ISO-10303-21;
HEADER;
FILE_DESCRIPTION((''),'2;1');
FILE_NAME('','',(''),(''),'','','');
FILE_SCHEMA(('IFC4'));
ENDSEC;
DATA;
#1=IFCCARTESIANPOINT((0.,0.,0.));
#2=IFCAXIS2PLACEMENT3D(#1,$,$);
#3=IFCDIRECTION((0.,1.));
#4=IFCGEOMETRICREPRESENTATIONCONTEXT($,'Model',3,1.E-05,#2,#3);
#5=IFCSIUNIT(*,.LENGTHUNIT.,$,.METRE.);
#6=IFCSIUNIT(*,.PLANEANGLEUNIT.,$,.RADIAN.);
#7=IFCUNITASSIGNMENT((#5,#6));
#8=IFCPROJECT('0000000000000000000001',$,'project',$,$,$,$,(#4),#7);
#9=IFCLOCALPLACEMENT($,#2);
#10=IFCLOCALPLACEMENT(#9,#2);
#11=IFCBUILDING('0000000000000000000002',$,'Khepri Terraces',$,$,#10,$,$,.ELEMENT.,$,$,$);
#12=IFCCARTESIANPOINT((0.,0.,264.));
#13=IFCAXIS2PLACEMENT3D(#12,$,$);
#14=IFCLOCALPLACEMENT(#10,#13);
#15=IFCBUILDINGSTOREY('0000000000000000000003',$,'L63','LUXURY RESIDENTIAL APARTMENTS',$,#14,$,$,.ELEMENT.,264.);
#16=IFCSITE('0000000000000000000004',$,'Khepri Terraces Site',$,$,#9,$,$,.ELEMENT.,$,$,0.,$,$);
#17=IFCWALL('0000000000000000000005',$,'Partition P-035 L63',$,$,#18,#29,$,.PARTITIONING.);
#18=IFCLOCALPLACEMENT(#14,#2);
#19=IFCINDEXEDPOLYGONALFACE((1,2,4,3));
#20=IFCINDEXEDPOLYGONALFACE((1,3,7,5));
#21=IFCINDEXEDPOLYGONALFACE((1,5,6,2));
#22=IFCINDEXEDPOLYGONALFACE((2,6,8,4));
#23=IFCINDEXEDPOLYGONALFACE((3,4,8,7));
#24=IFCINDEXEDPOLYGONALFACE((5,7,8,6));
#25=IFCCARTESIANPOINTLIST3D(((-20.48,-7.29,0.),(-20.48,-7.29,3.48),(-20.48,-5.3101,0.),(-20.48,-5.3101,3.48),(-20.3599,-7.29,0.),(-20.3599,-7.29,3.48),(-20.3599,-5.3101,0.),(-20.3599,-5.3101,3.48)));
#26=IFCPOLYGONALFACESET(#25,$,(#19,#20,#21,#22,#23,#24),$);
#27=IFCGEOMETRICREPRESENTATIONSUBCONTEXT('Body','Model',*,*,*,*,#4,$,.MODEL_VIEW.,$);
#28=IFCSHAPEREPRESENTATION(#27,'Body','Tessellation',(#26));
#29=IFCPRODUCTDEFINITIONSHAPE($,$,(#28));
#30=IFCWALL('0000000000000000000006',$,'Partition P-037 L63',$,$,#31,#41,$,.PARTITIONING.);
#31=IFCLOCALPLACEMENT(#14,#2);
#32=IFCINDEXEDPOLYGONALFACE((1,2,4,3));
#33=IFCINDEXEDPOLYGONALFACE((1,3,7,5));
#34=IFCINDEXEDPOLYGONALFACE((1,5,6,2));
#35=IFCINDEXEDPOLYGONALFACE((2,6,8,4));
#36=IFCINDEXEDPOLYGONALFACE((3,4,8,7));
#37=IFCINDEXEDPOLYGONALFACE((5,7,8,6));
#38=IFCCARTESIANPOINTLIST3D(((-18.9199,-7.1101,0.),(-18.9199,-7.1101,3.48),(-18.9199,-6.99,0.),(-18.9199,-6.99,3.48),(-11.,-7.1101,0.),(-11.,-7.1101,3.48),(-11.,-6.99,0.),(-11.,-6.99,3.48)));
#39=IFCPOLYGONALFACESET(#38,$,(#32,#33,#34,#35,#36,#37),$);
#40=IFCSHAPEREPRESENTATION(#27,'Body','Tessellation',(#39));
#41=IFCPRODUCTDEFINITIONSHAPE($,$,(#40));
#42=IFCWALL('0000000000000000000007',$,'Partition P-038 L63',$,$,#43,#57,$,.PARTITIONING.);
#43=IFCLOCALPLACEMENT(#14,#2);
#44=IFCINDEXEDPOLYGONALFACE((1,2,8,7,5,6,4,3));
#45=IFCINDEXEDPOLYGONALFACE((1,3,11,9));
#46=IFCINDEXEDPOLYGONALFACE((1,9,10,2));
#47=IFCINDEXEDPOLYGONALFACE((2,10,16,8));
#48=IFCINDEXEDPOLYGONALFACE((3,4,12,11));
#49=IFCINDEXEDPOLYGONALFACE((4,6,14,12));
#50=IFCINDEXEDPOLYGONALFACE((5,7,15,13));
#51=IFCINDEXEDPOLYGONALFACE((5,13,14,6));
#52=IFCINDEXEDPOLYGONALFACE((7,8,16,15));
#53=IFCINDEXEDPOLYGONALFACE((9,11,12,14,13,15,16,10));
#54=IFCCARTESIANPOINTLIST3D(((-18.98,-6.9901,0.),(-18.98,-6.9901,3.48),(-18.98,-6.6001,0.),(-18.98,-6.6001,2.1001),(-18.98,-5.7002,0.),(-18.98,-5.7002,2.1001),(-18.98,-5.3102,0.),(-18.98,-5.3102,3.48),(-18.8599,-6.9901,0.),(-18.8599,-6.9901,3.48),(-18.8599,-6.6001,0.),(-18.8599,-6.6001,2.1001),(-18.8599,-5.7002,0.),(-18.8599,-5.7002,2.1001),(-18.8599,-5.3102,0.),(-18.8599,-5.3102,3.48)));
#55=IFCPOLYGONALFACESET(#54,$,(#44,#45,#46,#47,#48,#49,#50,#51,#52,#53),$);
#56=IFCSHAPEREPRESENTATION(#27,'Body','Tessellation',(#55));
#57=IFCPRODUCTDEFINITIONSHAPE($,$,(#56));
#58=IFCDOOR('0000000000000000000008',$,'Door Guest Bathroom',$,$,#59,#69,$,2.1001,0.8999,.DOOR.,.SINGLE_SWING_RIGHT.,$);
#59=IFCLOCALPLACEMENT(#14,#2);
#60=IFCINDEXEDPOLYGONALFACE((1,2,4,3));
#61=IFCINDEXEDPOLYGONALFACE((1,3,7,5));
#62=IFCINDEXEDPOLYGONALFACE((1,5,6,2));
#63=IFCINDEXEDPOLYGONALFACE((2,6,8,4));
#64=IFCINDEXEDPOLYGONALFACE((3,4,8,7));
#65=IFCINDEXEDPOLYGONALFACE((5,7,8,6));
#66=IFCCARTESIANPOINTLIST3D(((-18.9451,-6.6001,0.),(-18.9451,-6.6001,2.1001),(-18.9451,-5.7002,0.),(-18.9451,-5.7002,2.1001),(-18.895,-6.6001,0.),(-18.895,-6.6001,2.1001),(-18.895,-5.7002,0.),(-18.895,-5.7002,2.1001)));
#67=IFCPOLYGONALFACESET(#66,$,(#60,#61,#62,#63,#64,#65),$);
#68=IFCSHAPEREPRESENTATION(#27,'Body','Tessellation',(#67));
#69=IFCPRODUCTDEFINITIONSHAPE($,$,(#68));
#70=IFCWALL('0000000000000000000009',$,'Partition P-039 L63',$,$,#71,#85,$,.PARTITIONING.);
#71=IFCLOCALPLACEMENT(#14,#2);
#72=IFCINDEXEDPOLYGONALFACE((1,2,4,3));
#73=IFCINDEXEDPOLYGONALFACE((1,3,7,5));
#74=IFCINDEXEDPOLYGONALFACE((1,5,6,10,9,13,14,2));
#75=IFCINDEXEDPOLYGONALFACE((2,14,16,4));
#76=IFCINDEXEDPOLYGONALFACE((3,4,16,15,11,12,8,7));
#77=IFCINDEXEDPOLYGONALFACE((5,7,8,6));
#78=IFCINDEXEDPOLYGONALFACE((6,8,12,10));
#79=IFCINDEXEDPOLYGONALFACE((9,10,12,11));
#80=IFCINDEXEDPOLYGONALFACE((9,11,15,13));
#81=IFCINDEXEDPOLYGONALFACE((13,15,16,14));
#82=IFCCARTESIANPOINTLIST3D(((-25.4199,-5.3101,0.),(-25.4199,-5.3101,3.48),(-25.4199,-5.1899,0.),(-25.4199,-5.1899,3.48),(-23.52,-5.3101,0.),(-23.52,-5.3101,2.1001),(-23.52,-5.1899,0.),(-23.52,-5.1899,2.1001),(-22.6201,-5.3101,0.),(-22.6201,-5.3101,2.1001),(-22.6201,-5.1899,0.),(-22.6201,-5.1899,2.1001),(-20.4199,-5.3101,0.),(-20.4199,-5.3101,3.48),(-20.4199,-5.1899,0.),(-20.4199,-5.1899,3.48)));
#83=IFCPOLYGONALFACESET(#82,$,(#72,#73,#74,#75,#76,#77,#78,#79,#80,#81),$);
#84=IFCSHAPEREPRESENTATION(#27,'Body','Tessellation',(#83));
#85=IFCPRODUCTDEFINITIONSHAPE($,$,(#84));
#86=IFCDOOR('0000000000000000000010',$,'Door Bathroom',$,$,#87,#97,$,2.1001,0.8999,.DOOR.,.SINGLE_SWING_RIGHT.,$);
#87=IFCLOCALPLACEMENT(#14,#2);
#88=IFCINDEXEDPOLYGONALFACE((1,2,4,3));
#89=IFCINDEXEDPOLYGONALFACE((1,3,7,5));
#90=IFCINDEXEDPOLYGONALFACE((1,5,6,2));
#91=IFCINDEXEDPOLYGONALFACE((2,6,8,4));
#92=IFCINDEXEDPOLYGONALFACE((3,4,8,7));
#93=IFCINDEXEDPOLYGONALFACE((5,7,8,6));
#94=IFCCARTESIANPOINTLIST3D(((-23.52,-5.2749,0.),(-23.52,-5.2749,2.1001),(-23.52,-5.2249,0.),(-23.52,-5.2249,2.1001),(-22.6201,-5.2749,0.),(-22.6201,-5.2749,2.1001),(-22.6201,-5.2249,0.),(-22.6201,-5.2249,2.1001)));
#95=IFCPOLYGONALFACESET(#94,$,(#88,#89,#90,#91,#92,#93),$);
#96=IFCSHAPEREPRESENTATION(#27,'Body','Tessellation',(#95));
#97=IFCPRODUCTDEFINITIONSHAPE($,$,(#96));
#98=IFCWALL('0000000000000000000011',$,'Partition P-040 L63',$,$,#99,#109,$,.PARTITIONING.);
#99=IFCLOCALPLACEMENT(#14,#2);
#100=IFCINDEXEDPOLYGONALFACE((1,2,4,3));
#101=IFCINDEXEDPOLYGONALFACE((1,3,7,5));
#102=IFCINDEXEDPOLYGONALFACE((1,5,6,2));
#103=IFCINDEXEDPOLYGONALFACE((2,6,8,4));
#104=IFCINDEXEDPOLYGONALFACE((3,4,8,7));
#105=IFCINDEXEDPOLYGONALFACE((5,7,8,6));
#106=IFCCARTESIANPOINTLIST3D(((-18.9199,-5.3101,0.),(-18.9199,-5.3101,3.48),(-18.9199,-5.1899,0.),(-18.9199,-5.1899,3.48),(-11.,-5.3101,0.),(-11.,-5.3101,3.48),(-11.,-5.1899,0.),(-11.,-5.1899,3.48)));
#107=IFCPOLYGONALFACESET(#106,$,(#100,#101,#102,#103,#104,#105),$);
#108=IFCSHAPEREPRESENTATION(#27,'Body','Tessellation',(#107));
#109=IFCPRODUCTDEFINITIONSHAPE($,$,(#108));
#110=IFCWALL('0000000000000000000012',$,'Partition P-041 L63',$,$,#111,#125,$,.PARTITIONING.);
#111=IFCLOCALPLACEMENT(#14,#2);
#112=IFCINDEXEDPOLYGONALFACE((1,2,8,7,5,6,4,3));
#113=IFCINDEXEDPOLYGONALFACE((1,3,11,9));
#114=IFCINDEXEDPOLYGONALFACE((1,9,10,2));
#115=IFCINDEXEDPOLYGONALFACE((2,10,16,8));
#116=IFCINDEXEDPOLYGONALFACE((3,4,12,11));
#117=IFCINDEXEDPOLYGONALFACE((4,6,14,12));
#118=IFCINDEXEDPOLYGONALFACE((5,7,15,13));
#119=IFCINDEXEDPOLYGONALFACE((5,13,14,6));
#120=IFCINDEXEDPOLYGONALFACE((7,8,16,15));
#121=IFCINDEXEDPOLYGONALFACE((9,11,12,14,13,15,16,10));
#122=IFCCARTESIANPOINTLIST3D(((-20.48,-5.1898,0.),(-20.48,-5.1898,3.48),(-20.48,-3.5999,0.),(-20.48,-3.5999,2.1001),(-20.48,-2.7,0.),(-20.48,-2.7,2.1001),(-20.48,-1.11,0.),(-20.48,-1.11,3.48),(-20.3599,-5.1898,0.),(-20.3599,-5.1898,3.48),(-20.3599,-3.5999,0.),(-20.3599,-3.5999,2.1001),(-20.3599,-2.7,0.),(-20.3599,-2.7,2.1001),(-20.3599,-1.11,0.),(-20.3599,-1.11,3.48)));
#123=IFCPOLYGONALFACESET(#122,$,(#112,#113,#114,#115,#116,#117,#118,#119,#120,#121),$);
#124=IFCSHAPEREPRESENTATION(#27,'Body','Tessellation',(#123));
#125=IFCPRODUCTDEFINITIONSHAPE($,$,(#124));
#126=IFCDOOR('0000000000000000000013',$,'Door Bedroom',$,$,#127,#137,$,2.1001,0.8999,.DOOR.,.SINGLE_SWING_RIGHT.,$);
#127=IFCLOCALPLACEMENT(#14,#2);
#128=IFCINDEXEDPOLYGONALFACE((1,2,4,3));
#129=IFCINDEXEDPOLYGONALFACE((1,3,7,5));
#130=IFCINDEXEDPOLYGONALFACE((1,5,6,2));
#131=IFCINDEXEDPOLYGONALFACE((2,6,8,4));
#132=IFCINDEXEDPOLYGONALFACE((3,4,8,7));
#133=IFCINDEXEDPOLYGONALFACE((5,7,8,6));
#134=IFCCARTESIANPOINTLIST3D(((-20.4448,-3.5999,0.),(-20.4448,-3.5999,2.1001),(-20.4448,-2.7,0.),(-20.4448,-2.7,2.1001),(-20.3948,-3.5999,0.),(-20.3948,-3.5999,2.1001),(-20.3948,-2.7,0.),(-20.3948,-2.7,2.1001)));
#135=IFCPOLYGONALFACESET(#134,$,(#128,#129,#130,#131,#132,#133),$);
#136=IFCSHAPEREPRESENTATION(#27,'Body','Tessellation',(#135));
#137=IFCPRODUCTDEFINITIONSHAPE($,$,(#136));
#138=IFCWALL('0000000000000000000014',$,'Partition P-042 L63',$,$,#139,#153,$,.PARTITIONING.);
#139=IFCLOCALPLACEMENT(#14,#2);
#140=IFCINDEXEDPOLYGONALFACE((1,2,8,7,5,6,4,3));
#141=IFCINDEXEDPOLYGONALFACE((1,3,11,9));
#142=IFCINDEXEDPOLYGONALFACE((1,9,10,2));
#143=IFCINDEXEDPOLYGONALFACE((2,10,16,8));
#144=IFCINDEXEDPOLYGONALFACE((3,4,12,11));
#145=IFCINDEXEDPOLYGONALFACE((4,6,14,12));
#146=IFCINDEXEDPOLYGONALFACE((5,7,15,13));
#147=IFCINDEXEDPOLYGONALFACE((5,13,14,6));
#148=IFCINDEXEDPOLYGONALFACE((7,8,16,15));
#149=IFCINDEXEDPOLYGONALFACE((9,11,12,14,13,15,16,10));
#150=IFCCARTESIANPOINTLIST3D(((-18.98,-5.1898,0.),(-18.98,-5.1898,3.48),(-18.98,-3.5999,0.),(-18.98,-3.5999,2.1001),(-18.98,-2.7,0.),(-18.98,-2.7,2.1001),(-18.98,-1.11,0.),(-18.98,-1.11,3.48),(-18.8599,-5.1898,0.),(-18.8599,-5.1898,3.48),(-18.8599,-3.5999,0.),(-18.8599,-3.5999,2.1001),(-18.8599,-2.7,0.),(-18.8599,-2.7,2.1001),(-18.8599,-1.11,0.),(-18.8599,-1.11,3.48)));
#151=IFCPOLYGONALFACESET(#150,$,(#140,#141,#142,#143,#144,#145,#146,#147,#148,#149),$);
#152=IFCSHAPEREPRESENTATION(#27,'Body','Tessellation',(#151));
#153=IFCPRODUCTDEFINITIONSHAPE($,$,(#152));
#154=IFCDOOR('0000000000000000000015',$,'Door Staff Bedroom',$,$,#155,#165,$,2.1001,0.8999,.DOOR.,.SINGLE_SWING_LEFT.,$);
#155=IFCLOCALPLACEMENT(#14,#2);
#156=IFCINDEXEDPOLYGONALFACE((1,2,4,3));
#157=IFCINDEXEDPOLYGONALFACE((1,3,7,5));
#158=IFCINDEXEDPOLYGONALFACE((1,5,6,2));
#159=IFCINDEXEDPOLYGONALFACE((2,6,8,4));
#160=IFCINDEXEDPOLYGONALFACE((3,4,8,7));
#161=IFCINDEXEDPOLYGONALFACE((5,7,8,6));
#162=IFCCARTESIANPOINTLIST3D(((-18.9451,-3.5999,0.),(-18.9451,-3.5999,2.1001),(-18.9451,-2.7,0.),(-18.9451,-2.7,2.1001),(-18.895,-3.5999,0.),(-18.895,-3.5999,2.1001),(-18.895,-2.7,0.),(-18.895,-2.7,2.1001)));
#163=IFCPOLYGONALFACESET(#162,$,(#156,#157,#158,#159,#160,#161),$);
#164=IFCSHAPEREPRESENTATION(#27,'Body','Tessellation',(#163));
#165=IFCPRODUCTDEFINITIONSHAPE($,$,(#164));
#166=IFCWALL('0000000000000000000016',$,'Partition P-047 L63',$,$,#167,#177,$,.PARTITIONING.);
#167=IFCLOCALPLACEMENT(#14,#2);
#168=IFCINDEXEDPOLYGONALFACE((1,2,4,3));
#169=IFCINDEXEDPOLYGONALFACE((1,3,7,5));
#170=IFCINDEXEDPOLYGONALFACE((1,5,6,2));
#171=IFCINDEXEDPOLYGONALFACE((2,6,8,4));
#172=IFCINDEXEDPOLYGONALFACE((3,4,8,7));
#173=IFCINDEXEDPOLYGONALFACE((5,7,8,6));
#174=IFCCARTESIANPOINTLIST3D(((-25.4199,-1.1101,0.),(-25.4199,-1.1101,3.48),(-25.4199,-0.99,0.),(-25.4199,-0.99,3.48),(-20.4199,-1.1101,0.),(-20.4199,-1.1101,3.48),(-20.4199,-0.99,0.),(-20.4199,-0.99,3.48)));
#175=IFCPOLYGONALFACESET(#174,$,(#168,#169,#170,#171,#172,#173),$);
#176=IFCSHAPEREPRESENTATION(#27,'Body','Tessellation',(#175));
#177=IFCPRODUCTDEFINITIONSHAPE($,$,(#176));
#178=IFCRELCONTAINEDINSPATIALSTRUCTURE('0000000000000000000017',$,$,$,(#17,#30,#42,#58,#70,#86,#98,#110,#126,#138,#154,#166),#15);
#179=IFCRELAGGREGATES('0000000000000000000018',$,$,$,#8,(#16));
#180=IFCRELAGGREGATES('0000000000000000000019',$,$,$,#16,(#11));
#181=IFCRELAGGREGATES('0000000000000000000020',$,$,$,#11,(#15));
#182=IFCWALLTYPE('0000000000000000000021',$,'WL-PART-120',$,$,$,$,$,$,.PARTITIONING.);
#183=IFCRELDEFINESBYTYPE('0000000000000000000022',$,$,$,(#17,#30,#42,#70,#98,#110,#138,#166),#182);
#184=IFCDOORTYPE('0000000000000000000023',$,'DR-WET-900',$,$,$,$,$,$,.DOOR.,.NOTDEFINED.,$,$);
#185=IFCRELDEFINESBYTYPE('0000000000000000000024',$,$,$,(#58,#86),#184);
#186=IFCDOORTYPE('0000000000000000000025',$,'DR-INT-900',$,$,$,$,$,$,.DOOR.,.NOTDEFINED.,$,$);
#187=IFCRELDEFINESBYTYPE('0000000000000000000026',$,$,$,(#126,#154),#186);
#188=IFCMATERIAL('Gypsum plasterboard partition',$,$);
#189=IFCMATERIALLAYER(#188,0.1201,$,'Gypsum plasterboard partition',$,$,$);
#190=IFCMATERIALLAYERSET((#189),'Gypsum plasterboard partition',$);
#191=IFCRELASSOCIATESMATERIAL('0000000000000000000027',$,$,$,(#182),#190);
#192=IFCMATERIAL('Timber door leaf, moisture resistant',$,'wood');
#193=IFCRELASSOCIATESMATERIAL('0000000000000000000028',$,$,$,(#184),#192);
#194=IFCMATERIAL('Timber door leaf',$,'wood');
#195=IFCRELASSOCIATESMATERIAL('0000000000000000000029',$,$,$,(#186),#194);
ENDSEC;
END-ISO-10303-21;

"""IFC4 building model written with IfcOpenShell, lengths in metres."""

from ifc_helpers import new_model, si_unit, direction, frame, frame_2d, origin, place, context, subcontext, project, spatial, rectangle, extrude, material, layer, layer_set, type_object, element, fill, save


model = new_model("IFC4")

# Units and contexts
model_context = context("Model", 3, precision=1e-05, world=origin(), true_north=direction((0.0, 1.0)))
body_context = subcontext(model_context, "Body", "Model", "MODEL_VIEW")
ifc_project = project(units=[si_unit("LENGTHUNIT", "METRE"), si_unit("PLANEANGLEUNIT", "RADIAN")], contexts=[model_context])

# Site, building, storey
site_placement = place(None, origin())
site = spatial("IfcSite", under=ifc_project, at=site_placement, Name="Khepri Terraces Site", CompositionType="ELEMENT", RefElevation=0.0)
building_placement = place(site_placement, origin())
building = spatial("IfcBuilding", under=site, at=building_placement, Name="Khepri Terraces", CompositionType="ELEMENT")
storey_placement = place(building_placement, frame((0.0, 0.0, 264.0)))
storey = spatial("IfcBuildingStorey", under=building, at=storey_placement, Name="L63", Description="LUXURY RESIDENTIAL APARTMENTS", CompositionType="ELEMENT", Elevation=264.0)

# Walls
ifc_material_1 = material(Name="Gypsum plasterboard partition")
ifc_layer_1 = layer(ifc_material_1, 0.1201, Name="Gypsum plasterboard partition")
ifc_layer_set_1 = layer_set([ifc_layer_1], Name="Gypsum plasterboard partition")
wall_type_1 = type_object("IfcWallType", Name="WL-PART-120", PredefinedType="PARTITIONING", material=ifc_layer_set_1)
wall_1_placement = place(storey_placement, frame((-20.4199, -7.29, 0.0), z_axis=(0.0, 0.0, 1.0), x_axis=(0.0, 1.0, 0.0)))
element("IfcWall", 1, at=wall_1_placement, inside=storey, type_object=wall_type_1, Name="Partition P-035 L63", PredefinedType="PARTITIONING", context=body_context, shape_type="SweptSolid", body=[
    extrude(rectangle(XDim=1.98, YDim=0.1201, at=frame_2d((0.99, 0.0))), origin(), (0.0, 0.0, 1.0), 3.48),
])
wall_2_placement = place(storey_placement, frame((-18.9199, -7.05, 0.0), z_axis=(0.0, 0.0, 1.0), x_axis=(1.0, 0.0, 0.0)))
element("IfcWall", 2, at=wall_2_placement, inside=storey, type_object=wall_type_1, Name="Partition P-037 L63", PredefinedType="PARTITIONING", context=body_context, shape_type="SweptSolid", body=[
    extrude(rectangle(XDim=7.9199, YDim=0.1201, at=frame_2d((3.96, 0.0))), origin(), (0.0, 0.0, 1.0), 3.48),
])

# Walls, openings, doors
wall_3_placement = place(storey_placement, frame((-18.9199, -6.99, 0.0), z_axis=(0.0, 0.0, 1.0), x_axis=(0.0, 1.0, 0.0)))
wall_3 = element("IfcWall", 3, at=wall_3_placement, inside=storey, type_object=wall_type_1, Name="Partition P-038 L63", PredefinedType="PARTITIONING", context=body_context, shape_type="SweptSolid", body=[
    extrude(rectangle(XDim=1.6799, YDim=0.1201, at=frame_2d((0.8398, 0.0))), origin(), (0.0, 0.0, 1.0), 3.48),
])
opening_1_placement = place(wall_3_placement, frame((0.3899, 0.0, 0.0)))
opening_1 = element("IfcOpeningElement", 4, at=opening_1_placement, cuts=wall_3, PredefinedType="OPENING", context=body_context, shape_type="SweptSolid", body=[
    extrude(rectangle(XDim=0.8999, YDim=2.1001, at=frame_2d((0.45, 1.05))), frame((0.0, 0.0701, 0.0), z_axis=(0.0, -1.0, 0.0), x_axis=(1.0, 0.0, 0.0)), (0.0, 0.0, 1.0), 0.1401),
])
ifc_material_2 = material(Name="Timber door leaf, moisture resistant", Category="wood")
door_type_1 = type_object("IfcDoorType", Name="DR-WET-900", OperationType="NOTDEFINED", PredefinedType="DOOR", material=ifc_material_2)
door_1_placement = place(opening_1_placement, frame((0.8999, 0.0, 0.0), z_axis=(0.0, 0.0, 1.0), x_axis=(-1.0, 0.0, 0.0)))
door_1 = element("IfcDoor", 5, at=door_1_placement, inside=storey, type_object=door_type_1, Name="Door Guest Bathroom", OperationType="SINGLE_SWING_RIGHT", OverallHeight=2.1001, OverallWidth=0.8999, PredefinedType="DOOR", context=body_context, shape_type="SweptSolid", body=[
    extrude(rectangle(XDim=0.8999, YDim=2.1001, at=frame_2d((0.45, 1.05))), frame((0.0, 0.0249, 0.0), z_axis=(0.0, -1.0, 0.0), x_axis=(1.0, 0.0, 0.0)), (0.0, 0.0, 1.0), 0.05),
])
fill(opening_1, door_1)
wall_4_placement = place(storey_placement, frame((-25.4199, -5.25, 0.0), z_axis=(0.0, 0.0, 1.0), x_axis=(1.0, 0.0, 0.0)))
wall_4 = element("IfcWall", 6, at=wall_4_placement, inside=storey, type_object=wall_type_1, Name="Partition P-039 L63", PredefinedType="PARTITIONING", context=body_context, shape_type="SweptSolid", body=[
    extrude(rectangle(XDim=5.0, YDim=0.1201, at=frame_2d((2.5, 0.0))), origin(), (0.0, 0.0, 1.0), 3.48),
])
opening_2_placement = place(wall_4_placement, frame((1.8999, 0.0, 0.0)))
opening_2 = element("IfcOpeningElement", 7, at=opening_2_placement, cuts=wall_4, PredefinedType="OPENING", context=body_context, shape_type="SweptSolid", body=[
    extrude(rectangle(XDim=0.8999, YDim=2.1001, at=frame_2d((0.45, 1.05))), frame((0.0, 0.0701, 0.0), z_axis=(0.0, -1.0, 0.0), x_axis=(1.0, 0.0, 0.0)), (0.0, 0.0, 1.0), 0.1401),
])
door_2_placement = place(opening_2_placement, frame((0.8999, 0.0, 0.0), z_axis=(0.0, 0.0, 1.0), x_axis=(-1.0, 0.0, 0.0)))
door_2 = element("IfcDoor", 8, at=door_2_placement, inside=storey, type_object=door_type_1, Name="Door Bathroom", OperationType="SINGLE_SWING_RIGHT", OverallHeight=2.1001, OverallWidth=0.8999, PredefinedType="DOOR", context=body_context, shape_type="SweptSolid", body=[
    extrude(rectangle(XDim=0.8999, YDim=2.1001, at=frame_2d((0.45, 1.05))), frame((0.0, 0.0249, 0.0), z_axis=(0.0, -1.0, 0.0), x_axis=(1.0, 0.0, 0.0)), (0.0, 0.0, 1.0), 0.05),
])
fill(opening_2, door_2)

# Wall
wall_5_placement = place(storey_placement, frame((-18.9199, -5.25, 0.0), z_axis=(0.0, 0.0, 1.0), x_axis=(1.0, 0.0, 0.0)))
element("IfcWall", 9, at=wall_5_placement, inside=storey, type_object=wall_type_1, Name="Partition P-040 L63", PredefinedType="PARTITIONING", context=body_context, shape_type="SweptSolid", body=[
    extrude(rectangle(XDim=7.9199, YDim=0.1201, at=frame_2d((3.96, 0.0))), origin(), (0.0, 0.0, 1.0), 3.48),
])

# Walls, openings, doors
wall_6_placement = place(storey_placement, frame((-20.4199, -5.1899, 0.0), z_axis=(0.0, 0.0, 1.0), x_axis=(0.0, 1.0, 0.0)))
wall_6 = element("IfcWall", 10, at=wall_6_placement, inside=storey, type_object=wall_type_1, Name="Partition P-041 L63", PredefinedType="PARTITIONING", context=body_context, shape_type="SweptSolid", body=[
    extrude(rectangle(XDim=4.0798, YDim=0.1201, at=frame_2d((2.04, 0.0))), origin(), (0.0, 0.0, 1.0), 3.48),
])
opening_3_placement = place(wall_6_placement, frame((1.5901, 0.0, 0.0)))
opening_3 = element("IfcOpeningElement", 11, at=opening_3_placement, cuts=wall_6, PredefinedType="OPENING", context=body_context, shape_type="SweptSolid", body=[
    extrude(rectangle(XDim=0.8999, YDim=2.1001, at=frame_2d((0.45, 1.05))), frame((0.0, 0.0701, 0.0), z_axis=(0.0, -1.0, 0.0), x_axis=(1.0, 0.0, 0.0)), (0.0, 0.0, 1.0), 0.1401),
])
ifc_material_3 = material(Name="Timber door leaf", Category="wood")
door_type_2 = type_object("IfcDoorType", Name="DR-INT-900", OperationType="NOTDEFINED", PredefinedType="DOOR", material=ifc_material_3)
door_3_placement = place(opening_3_placement, origin())
door_3 = element("IfcDoor", 12, at=door_3_placement, inside=storey, type_object=door_type_2, Name="Door Bedroom", OperationType="SINGLE_SWING_RIGHT", OverallHeight=2.1001, OverallWidth=0.8999, PredefinedType="DOOR", context=body_context, shape_type="SweptSolid", body=[
    extrude(rectangle(XDim=0.8999, YDim=2.1001, at=frame_2d((0.45, 1.05))), frame((0.0, 0.0249, 0.0), z_axis=(0.0, -1.0, 0.0), x_axis=(1.0, 0.0, 0.0)), (0.0, 0.0, 1.0), 0.05),
])
fill(opening_3, door_3)
wall_7_placement = place(storey_placement, frame((-18.9199, -5.1899, 0.0), z_axis=(0.0, 0.0, 1.0), x_axis=(0.0, 1.0, 0.0)))
wall_7 = element("IfcWall", 13, at=wall_7_placement, inside=storey, type_object=wall_type_1, Name="Partition P-042 L63", PredefinedType="PARTITIONING", context=body_context, shape_type="SweptSolid", body=[
    extrude(rectangle(XDim=4.0798, YDim=0.1201, at=frame_2d((2.04, 0.0))), origin(), (0.0, 0.0, 1.0), 3.48),
])
opening_4_placement = place(wall_7_placement, frame((1.5901, 0.0, 0.0)))
opening_4 = element("IfcOpeningElement", 14, at=opening_4_placement, cuts=wall_7, PredefinedType="OPENING", context=body_context, shape_type="SweptSolid", body=[
    extrude(rectangle(XDim=0.8999, YDim=2.1001, at=frame_2d((0.45, 1.05))), frame((0.0, 0.0701, 0.0), z_axis=(0.0, -1.0, 0.0), x_axis=(1.0, 0.0, 0.0)), (0.0, 0.0, 1.0), 0.1401),
])
door_4_placement = place(opening_4_placement, frame((0.8999, 0.0, 0.0), z_axis=(0.0, 0.0, 1.0), x_axis=(-1.0, 0.0, 0.0)))
door_4 = element("IfcDoor", 15, at=door_4_placement, inside=storey, type_object=door_type_2, Name="Door Staff Bedroom", OperationType="SINGLE_SWING_LEFT", OverallHeight=2.1001, OverallWidth=0.8999, PredefinedType="DOOR", context=body_context, shape_type="SweptSolid", body=[
    extrude(rectangle(XDim=0.8999, YDim=2.1001, at=frame_2d((0.45, 1.05))), frame((0.0, 0.0249, 0.0), z_axis=(0.0, -1.0, 0.0), x_axis=(1.0, 0.0, 0.0)), (0.0, 0.0, 1.0), 0.05),
])
fill(opening_4, door_4)

# Wall
wall_8_placement = place(storey_placement, frame((-25.4199, -1.05, 0.0), z_axis=(0.0, 0.0, 1.0), x_axis=(1.0, 0.0, 0.0)))
element("IfcWall", 16, at=wall_8_placement, inside=storey, type_object=wall_type_1, Name="Partition P-047 L63", PredefinedType="PARTITIONING", context=body_context, shape_type="SweptSolid", body=[
    extrude(rectangle(XDim=5.0, YDim=0.1201, at=frame_2d((2.5, 0.0))), origin(), (0.0, 0.0, 1.0), 3.48),
])

save(model, "model.ifc")
